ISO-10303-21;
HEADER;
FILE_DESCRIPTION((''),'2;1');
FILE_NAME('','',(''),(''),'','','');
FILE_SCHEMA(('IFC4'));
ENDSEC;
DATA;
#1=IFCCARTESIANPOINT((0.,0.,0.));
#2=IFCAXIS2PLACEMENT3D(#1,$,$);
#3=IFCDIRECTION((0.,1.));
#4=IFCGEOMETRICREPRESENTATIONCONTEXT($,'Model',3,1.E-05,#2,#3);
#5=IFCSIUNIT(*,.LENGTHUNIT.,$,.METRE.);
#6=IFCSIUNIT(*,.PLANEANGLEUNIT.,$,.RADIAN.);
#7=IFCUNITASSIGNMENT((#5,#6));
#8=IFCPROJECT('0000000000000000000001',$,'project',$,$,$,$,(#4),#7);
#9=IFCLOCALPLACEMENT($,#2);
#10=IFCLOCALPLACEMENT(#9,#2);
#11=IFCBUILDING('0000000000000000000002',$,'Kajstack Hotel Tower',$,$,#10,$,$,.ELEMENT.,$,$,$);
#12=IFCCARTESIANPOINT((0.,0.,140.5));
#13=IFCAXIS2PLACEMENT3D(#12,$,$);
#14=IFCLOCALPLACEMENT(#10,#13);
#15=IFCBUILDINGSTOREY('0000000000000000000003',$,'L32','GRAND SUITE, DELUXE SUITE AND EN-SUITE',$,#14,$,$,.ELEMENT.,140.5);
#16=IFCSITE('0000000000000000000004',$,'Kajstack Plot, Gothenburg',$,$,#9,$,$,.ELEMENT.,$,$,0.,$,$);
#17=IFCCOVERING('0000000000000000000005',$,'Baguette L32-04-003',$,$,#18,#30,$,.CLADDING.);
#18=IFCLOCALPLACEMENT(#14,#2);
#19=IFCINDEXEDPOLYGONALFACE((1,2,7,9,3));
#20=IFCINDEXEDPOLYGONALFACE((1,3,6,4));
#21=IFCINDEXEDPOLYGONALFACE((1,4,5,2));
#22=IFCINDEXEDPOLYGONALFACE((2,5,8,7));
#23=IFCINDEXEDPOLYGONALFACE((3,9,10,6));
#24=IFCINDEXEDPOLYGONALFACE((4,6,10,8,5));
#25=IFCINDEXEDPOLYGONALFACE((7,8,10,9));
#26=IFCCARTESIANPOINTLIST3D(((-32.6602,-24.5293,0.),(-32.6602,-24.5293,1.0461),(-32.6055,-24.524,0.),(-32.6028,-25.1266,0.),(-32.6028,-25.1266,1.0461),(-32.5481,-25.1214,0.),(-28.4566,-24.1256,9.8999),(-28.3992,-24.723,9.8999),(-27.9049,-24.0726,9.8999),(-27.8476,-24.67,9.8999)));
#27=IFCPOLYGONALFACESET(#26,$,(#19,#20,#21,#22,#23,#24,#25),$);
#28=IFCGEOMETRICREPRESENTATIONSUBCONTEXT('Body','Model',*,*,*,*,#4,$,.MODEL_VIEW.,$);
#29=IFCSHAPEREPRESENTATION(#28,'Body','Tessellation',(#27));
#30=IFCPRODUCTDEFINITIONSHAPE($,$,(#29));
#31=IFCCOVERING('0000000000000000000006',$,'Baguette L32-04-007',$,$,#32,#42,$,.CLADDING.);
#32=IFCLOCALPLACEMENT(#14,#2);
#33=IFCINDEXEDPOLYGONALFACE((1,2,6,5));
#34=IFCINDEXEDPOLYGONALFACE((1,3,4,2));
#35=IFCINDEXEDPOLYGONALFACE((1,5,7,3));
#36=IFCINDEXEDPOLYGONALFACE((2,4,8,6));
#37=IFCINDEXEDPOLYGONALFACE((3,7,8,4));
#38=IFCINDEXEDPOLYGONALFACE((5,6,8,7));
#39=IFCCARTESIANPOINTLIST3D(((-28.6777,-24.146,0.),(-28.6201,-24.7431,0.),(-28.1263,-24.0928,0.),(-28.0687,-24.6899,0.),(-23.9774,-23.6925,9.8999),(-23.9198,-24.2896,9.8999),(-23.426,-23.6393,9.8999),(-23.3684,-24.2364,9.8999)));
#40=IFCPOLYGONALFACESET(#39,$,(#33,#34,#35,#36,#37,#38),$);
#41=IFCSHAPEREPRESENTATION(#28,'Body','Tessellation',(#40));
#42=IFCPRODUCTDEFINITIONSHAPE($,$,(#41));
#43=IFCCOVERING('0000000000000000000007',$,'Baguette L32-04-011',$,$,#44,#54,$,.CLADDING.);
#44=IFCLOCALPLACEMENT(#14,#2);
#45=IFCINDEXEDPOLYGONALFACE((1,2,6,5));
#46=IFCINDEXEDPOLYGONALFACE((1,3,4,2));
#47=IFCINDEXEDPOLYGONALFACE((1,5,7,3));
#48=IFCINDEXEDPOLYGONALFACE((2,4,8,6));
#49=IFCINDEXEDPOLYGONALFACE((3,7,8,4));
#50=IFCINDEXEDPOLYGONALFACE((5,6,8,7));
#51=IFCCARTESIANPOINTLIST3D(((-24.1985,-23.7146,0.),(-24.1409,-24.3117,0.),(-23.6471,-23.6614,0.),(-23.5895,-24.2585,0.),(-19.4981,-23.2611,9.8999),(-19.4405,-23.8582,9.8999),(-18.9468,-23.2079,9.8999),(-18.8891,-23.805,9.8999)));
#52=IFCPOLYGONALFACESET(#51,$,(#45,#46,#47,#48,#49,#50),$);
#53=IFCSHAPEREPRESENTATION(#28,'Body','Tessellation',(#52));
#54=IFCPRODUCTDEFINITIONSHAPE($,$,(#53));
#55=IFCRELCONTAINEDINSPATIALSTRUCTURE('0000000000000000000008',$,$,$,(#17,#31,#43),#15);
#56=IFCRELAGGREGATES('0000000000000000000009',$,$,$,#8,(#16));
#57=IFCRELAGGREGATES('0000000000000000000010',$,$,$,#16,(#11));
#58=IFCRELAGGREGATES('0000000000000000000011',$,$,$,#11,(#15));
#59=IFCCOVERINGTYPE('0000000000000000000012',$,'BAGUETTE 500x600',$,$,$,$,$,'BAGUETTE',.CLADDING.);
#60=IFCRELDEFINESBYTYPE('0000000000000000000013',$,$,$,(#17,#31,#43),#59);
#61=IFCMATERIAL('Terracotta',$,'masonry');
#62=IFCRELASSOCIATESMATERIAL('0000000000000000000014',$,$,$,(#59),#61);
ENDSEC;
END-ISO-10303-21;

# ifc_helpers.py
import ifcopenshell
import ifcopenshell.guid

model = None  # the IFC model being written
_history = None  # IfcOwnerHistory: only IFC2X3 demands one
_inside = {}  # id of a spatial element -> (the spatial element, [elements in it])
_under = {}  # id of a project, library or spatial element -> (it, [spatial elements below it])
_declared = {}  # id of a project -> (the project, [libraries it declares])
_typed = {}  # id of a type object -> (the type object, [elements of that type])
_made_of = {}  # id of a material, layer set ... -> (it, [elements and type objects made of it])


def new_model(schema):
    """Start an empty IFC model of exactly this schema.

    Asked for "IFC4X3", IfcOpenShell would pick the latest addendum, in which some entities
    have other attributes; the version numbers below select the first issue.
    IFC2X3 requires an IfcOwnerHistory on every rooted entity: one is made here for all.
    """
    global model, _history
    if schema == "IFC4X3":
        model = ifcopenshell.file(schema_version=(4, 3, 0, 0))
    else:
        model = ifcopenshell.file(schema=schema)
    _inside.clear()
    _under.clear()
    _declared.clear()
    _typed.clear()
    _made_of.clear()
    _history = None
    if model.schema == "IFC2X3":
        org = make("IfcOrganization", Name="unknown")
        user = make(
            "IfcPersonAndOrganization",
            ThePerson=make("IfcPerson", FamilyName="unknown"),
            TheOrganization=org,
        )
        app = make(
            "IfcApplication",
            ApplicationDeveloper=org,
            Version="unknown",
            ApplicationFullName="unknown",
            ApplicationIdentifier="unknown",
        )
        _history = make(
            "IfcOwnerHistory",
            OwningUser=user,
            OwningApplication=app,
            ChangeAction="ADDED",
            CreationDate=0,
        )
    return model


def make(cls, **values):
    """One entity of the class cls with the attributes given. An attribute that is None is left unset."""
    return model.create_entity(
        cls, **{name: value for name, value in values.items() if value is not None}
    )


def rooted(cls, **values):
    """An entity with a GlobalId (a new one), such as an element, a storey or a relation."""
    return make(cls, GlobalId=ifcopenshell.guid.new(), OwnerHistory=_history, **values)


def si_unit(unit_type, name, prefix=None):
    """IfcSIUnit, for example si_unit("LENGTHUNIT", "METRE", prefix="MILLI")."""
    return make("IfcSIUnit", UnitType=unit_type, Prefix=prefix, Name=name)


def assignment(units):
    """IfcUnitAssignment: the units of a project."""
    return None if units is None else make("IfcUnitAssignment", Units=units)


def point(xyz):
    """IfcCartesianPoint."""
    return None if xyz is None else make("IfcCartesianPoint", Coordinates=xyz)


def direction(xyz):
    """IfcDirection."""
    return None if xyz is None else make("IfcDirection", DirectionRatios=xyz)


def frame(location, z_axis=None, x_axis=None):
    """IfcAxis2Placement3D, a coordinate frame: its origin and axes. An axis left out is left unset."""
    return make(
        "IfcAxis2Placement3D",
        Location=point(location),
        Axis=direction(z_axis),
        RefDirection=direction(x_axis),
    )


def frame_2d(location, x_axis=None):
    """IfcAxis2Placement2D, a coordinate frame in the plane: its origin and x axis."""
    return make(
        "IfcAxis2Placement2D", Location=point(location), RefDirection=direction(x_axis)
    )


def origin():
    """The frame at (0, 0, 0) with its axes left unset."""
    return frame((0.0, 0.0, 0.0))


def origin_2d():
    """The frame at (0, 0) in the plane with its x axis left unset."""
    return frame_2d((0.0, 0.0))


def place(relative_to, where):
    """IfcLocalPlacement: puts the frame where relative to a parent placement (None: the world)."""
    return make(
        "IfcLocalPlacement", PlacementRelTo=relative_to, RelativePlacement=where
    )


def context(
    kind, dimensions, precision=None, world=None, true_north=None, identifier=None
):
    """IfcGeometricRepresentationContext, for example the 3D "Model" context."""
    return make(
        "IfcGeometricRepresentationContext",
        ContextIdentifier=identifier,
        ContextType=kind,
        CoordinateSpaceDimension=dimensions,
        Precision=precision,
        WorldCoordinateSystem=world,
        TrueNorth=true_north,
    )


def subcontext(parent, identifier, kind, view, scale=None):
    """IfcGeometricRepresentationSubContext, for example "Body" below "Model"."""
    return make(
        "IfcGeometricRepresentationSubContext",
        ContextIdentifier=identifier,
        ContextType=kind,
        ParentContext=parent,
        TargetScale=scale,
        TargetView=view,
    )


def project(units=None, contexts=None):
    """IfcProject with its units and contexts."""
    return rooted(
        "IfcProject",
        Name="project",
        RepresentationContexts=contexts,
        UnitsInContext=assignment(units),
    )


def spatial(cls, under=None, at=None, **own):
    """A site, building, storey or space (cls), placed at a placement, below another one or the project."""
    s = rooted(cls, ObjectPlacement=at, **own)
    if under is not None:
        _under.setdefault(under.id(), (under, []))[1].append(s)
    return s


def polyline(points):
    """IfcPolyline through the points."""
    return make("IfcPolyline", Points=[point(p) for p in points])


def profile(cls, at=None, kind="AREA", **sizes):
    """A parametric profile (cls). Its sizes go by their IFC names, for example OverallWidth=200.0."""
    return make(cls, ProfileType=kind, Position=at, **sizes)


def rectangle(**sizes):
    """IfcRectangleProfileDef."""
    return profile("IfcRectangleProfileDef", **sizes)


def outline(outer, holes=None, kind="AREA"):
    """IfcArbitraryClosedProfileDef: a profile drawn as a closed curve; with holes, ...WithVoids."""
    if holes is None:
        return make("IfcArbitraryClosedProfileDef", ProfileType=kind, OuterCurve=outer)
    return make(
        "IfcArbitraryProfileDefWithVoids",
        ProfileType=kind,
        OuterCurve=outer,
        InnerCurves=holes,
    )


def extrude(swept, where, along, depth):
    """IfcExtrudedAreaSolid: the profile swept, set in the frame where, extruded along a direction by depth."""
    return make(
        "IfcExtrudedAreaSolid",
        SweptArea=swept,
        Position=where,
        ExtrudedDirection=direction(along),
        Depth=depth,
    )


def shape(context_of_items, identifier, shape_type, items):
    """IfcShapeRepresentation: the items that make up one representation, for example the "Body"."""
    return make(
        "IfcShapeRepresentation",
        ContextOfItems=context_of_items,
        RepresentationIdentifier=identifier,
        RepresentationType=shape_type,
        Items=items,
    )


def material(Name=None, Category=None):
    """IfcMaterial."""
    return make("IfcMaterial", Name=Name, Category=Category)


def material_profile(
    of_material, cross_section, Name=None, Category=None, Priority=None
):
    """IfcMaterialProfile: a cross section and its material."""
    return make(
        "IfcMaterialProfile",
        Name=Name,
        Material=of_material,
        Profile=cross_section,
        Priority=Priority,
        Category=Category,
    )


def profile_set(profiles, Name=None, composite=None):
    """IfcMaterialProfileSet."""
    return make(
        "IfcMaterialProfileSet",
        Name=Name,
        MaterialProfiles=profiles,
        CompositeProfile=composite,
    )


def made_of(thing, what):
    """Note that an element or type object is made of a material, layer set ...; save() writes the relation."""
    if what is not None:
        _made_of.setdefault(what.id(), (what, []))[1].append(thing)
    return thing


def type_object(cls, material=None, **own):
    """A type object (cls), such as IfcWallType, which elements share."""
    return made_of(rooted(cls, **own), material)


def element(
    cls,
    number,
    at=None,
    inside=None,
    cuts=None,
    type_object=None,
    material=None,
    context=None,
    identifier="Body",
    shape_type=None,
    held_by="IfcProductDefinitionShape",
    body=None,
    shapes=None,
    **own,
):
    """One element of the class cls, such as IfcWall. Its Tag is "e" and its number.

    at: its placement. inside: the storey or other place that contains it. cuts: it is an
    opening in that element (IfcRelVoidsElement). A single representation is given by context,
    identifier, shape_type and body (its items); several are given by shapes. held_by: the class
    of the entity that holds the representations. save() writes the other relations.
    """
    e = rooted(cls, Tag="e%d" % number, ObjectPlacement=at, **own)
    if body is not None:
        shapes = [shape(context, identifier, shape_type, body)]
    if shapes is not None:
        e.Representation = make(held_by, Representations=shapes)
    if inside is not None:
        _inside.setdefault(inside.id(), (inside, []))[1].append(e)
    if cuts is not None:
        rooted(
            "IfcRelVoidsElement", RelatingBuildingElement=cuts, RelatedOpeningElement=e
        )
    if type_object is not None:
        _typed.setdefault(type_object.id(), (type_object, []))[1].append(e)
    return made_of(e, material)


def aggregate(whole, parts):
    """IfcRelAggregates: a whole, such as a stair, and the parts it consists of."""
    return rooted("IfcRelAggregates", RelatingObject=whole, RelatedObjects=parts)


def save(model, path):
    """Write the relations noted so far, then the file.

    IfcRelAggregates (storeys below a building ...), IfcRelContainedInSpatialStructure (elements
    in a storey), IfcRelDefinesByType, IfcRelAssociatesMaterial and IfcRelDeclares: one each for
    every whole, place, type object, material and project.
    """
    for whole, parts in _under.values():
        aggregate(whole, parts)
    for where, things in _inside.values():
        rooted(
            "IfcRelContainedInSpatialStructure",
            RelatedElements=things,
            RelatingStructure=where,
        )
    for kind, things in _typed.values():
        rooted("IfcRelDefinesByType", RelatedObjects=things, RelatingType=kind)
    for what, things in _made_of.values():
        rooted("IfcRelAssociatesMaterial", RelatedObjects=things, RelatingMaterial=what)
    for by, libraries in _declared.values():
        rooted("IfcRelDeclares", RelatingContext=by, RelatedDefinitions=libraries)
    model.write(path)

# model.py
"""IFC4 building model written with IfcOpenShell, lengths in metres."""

from ifc_helpers import new_model, si_unit, direction, frame, origin, origin_2d, place, context, subcontext, project, spatial, polyline, rectangle, outline, extrude, material, material_profile, profile_set, type_object, element, save


model = new_model("IFC4")

# Units and contexts
model_context = context("Model", 3, precision=1e-05, world=origin(), true_north=direction((0.0, 1.0)))
body_context = subcontext(model_context, "Body", "Model", "MODEL_VIEW")
ifc_project = project(units=[si_unit("LENGTHUNIT", "METRE"), si_unit("PLANEANGLEUNIT", "RADIAN")], contexts=[model_context])

# Site, building, storey
site_placement = place(None, origin())
site = spatial("IfcSite", under=ifc_project, at=site_placement, Name="Kajstack Plot, Gothenburg", CompositionType="ELEMENT", RefElevation=0.0)
building_placement = place(site_placement, origin())
building = spatial("IfcBuilding", under=site, at=building_placement, Name="Kajstack Hotel Tower", CompositionType="ELEMENT")
storey_placement = place(building_placement, frame((0.0, 0.0, 140.5)))
storey = spatial("IfcBuildingStorey", under=building, at=storey_placement, Name="L32", Description="GRAND SUITE, DELUXE SUITE AND EN-SUITE", CompositionType="ELEMENT", Elevation=140.5)

# Coverings
ifc_material_1 = material(Name="Terracotta", Category="masonry")
ifc_material_profile = material_profile(ifc_material_1, rectangle(XDim=0.6001, YDim=0.5, at=origin_2d()), Name="Terracotta-clad concrete baguette 500 x 600")
ifc_profile_set = profile_set([ifc_material_profile], Name="Terracotta")
covering_type = type_object("IfcCoveringType", Name="BAGUETTE 500x600", ElementType="BAGUETTE", PredefinedType="CLADDING", material=ifc_profile_set)
covering_1_placement = place(storey_placement, frame((-32.6602, -24.5293, 0.0), z_axis=(0.095596, -0.99542, 0.0), x_axis=(0.99542, 0.095596, 0.0)))
element("IfcCovering", 1, at=covering_1_placement, inside=storey, type_object=covering_type, Name="Baguette L32-04-003", PredefinedType="CLADDING", context=body_context, shape_type="SweptSolid", body=[
    extrude(outline(polyline([(4.2229, 9.8999), (0.0, 1.0461), (0.0, 0.0), (0.0549, 0.0), (4.7771, 9.8999), (4.2229, 9.8999)])), origin(), (0.0, 0.0, 1.0), 0.6001),
])
for number, where, z_axis, x_axis, name in (
    (2, (-28.6777, -24.146, 0.0), (0.096038, -0.995378, 0.0), (0.995378, 0.096038, 0.0), "Baguette L32-04-007"),
    (3, (-24.1985, -23.7146, 0.0), (0.096038, -0.995378, 0.0), (0.995378, 0.096038, 0.0), "Baguette L32-04-011"),
):
    element("IfcCovering", number, at=place(storey_placement, frame(where, z_axis=z_axis, x_axis=x_axis)), inside=storey, type_object=covering_type, Name=name, PredefinedType="CLADDING", context=body_context, shape_type="SweptSolid", body=[
        extrude(outline(polyline([(4.7222, 9.8999), (0.0, 0.0), (0.554, 0.0), (5.2761, 9.8999), (4.7222, 9.8999)])), origin(), (0.0, 0.0, 1.0), 0.5999),
    ])

save(model, "model.ifc")
